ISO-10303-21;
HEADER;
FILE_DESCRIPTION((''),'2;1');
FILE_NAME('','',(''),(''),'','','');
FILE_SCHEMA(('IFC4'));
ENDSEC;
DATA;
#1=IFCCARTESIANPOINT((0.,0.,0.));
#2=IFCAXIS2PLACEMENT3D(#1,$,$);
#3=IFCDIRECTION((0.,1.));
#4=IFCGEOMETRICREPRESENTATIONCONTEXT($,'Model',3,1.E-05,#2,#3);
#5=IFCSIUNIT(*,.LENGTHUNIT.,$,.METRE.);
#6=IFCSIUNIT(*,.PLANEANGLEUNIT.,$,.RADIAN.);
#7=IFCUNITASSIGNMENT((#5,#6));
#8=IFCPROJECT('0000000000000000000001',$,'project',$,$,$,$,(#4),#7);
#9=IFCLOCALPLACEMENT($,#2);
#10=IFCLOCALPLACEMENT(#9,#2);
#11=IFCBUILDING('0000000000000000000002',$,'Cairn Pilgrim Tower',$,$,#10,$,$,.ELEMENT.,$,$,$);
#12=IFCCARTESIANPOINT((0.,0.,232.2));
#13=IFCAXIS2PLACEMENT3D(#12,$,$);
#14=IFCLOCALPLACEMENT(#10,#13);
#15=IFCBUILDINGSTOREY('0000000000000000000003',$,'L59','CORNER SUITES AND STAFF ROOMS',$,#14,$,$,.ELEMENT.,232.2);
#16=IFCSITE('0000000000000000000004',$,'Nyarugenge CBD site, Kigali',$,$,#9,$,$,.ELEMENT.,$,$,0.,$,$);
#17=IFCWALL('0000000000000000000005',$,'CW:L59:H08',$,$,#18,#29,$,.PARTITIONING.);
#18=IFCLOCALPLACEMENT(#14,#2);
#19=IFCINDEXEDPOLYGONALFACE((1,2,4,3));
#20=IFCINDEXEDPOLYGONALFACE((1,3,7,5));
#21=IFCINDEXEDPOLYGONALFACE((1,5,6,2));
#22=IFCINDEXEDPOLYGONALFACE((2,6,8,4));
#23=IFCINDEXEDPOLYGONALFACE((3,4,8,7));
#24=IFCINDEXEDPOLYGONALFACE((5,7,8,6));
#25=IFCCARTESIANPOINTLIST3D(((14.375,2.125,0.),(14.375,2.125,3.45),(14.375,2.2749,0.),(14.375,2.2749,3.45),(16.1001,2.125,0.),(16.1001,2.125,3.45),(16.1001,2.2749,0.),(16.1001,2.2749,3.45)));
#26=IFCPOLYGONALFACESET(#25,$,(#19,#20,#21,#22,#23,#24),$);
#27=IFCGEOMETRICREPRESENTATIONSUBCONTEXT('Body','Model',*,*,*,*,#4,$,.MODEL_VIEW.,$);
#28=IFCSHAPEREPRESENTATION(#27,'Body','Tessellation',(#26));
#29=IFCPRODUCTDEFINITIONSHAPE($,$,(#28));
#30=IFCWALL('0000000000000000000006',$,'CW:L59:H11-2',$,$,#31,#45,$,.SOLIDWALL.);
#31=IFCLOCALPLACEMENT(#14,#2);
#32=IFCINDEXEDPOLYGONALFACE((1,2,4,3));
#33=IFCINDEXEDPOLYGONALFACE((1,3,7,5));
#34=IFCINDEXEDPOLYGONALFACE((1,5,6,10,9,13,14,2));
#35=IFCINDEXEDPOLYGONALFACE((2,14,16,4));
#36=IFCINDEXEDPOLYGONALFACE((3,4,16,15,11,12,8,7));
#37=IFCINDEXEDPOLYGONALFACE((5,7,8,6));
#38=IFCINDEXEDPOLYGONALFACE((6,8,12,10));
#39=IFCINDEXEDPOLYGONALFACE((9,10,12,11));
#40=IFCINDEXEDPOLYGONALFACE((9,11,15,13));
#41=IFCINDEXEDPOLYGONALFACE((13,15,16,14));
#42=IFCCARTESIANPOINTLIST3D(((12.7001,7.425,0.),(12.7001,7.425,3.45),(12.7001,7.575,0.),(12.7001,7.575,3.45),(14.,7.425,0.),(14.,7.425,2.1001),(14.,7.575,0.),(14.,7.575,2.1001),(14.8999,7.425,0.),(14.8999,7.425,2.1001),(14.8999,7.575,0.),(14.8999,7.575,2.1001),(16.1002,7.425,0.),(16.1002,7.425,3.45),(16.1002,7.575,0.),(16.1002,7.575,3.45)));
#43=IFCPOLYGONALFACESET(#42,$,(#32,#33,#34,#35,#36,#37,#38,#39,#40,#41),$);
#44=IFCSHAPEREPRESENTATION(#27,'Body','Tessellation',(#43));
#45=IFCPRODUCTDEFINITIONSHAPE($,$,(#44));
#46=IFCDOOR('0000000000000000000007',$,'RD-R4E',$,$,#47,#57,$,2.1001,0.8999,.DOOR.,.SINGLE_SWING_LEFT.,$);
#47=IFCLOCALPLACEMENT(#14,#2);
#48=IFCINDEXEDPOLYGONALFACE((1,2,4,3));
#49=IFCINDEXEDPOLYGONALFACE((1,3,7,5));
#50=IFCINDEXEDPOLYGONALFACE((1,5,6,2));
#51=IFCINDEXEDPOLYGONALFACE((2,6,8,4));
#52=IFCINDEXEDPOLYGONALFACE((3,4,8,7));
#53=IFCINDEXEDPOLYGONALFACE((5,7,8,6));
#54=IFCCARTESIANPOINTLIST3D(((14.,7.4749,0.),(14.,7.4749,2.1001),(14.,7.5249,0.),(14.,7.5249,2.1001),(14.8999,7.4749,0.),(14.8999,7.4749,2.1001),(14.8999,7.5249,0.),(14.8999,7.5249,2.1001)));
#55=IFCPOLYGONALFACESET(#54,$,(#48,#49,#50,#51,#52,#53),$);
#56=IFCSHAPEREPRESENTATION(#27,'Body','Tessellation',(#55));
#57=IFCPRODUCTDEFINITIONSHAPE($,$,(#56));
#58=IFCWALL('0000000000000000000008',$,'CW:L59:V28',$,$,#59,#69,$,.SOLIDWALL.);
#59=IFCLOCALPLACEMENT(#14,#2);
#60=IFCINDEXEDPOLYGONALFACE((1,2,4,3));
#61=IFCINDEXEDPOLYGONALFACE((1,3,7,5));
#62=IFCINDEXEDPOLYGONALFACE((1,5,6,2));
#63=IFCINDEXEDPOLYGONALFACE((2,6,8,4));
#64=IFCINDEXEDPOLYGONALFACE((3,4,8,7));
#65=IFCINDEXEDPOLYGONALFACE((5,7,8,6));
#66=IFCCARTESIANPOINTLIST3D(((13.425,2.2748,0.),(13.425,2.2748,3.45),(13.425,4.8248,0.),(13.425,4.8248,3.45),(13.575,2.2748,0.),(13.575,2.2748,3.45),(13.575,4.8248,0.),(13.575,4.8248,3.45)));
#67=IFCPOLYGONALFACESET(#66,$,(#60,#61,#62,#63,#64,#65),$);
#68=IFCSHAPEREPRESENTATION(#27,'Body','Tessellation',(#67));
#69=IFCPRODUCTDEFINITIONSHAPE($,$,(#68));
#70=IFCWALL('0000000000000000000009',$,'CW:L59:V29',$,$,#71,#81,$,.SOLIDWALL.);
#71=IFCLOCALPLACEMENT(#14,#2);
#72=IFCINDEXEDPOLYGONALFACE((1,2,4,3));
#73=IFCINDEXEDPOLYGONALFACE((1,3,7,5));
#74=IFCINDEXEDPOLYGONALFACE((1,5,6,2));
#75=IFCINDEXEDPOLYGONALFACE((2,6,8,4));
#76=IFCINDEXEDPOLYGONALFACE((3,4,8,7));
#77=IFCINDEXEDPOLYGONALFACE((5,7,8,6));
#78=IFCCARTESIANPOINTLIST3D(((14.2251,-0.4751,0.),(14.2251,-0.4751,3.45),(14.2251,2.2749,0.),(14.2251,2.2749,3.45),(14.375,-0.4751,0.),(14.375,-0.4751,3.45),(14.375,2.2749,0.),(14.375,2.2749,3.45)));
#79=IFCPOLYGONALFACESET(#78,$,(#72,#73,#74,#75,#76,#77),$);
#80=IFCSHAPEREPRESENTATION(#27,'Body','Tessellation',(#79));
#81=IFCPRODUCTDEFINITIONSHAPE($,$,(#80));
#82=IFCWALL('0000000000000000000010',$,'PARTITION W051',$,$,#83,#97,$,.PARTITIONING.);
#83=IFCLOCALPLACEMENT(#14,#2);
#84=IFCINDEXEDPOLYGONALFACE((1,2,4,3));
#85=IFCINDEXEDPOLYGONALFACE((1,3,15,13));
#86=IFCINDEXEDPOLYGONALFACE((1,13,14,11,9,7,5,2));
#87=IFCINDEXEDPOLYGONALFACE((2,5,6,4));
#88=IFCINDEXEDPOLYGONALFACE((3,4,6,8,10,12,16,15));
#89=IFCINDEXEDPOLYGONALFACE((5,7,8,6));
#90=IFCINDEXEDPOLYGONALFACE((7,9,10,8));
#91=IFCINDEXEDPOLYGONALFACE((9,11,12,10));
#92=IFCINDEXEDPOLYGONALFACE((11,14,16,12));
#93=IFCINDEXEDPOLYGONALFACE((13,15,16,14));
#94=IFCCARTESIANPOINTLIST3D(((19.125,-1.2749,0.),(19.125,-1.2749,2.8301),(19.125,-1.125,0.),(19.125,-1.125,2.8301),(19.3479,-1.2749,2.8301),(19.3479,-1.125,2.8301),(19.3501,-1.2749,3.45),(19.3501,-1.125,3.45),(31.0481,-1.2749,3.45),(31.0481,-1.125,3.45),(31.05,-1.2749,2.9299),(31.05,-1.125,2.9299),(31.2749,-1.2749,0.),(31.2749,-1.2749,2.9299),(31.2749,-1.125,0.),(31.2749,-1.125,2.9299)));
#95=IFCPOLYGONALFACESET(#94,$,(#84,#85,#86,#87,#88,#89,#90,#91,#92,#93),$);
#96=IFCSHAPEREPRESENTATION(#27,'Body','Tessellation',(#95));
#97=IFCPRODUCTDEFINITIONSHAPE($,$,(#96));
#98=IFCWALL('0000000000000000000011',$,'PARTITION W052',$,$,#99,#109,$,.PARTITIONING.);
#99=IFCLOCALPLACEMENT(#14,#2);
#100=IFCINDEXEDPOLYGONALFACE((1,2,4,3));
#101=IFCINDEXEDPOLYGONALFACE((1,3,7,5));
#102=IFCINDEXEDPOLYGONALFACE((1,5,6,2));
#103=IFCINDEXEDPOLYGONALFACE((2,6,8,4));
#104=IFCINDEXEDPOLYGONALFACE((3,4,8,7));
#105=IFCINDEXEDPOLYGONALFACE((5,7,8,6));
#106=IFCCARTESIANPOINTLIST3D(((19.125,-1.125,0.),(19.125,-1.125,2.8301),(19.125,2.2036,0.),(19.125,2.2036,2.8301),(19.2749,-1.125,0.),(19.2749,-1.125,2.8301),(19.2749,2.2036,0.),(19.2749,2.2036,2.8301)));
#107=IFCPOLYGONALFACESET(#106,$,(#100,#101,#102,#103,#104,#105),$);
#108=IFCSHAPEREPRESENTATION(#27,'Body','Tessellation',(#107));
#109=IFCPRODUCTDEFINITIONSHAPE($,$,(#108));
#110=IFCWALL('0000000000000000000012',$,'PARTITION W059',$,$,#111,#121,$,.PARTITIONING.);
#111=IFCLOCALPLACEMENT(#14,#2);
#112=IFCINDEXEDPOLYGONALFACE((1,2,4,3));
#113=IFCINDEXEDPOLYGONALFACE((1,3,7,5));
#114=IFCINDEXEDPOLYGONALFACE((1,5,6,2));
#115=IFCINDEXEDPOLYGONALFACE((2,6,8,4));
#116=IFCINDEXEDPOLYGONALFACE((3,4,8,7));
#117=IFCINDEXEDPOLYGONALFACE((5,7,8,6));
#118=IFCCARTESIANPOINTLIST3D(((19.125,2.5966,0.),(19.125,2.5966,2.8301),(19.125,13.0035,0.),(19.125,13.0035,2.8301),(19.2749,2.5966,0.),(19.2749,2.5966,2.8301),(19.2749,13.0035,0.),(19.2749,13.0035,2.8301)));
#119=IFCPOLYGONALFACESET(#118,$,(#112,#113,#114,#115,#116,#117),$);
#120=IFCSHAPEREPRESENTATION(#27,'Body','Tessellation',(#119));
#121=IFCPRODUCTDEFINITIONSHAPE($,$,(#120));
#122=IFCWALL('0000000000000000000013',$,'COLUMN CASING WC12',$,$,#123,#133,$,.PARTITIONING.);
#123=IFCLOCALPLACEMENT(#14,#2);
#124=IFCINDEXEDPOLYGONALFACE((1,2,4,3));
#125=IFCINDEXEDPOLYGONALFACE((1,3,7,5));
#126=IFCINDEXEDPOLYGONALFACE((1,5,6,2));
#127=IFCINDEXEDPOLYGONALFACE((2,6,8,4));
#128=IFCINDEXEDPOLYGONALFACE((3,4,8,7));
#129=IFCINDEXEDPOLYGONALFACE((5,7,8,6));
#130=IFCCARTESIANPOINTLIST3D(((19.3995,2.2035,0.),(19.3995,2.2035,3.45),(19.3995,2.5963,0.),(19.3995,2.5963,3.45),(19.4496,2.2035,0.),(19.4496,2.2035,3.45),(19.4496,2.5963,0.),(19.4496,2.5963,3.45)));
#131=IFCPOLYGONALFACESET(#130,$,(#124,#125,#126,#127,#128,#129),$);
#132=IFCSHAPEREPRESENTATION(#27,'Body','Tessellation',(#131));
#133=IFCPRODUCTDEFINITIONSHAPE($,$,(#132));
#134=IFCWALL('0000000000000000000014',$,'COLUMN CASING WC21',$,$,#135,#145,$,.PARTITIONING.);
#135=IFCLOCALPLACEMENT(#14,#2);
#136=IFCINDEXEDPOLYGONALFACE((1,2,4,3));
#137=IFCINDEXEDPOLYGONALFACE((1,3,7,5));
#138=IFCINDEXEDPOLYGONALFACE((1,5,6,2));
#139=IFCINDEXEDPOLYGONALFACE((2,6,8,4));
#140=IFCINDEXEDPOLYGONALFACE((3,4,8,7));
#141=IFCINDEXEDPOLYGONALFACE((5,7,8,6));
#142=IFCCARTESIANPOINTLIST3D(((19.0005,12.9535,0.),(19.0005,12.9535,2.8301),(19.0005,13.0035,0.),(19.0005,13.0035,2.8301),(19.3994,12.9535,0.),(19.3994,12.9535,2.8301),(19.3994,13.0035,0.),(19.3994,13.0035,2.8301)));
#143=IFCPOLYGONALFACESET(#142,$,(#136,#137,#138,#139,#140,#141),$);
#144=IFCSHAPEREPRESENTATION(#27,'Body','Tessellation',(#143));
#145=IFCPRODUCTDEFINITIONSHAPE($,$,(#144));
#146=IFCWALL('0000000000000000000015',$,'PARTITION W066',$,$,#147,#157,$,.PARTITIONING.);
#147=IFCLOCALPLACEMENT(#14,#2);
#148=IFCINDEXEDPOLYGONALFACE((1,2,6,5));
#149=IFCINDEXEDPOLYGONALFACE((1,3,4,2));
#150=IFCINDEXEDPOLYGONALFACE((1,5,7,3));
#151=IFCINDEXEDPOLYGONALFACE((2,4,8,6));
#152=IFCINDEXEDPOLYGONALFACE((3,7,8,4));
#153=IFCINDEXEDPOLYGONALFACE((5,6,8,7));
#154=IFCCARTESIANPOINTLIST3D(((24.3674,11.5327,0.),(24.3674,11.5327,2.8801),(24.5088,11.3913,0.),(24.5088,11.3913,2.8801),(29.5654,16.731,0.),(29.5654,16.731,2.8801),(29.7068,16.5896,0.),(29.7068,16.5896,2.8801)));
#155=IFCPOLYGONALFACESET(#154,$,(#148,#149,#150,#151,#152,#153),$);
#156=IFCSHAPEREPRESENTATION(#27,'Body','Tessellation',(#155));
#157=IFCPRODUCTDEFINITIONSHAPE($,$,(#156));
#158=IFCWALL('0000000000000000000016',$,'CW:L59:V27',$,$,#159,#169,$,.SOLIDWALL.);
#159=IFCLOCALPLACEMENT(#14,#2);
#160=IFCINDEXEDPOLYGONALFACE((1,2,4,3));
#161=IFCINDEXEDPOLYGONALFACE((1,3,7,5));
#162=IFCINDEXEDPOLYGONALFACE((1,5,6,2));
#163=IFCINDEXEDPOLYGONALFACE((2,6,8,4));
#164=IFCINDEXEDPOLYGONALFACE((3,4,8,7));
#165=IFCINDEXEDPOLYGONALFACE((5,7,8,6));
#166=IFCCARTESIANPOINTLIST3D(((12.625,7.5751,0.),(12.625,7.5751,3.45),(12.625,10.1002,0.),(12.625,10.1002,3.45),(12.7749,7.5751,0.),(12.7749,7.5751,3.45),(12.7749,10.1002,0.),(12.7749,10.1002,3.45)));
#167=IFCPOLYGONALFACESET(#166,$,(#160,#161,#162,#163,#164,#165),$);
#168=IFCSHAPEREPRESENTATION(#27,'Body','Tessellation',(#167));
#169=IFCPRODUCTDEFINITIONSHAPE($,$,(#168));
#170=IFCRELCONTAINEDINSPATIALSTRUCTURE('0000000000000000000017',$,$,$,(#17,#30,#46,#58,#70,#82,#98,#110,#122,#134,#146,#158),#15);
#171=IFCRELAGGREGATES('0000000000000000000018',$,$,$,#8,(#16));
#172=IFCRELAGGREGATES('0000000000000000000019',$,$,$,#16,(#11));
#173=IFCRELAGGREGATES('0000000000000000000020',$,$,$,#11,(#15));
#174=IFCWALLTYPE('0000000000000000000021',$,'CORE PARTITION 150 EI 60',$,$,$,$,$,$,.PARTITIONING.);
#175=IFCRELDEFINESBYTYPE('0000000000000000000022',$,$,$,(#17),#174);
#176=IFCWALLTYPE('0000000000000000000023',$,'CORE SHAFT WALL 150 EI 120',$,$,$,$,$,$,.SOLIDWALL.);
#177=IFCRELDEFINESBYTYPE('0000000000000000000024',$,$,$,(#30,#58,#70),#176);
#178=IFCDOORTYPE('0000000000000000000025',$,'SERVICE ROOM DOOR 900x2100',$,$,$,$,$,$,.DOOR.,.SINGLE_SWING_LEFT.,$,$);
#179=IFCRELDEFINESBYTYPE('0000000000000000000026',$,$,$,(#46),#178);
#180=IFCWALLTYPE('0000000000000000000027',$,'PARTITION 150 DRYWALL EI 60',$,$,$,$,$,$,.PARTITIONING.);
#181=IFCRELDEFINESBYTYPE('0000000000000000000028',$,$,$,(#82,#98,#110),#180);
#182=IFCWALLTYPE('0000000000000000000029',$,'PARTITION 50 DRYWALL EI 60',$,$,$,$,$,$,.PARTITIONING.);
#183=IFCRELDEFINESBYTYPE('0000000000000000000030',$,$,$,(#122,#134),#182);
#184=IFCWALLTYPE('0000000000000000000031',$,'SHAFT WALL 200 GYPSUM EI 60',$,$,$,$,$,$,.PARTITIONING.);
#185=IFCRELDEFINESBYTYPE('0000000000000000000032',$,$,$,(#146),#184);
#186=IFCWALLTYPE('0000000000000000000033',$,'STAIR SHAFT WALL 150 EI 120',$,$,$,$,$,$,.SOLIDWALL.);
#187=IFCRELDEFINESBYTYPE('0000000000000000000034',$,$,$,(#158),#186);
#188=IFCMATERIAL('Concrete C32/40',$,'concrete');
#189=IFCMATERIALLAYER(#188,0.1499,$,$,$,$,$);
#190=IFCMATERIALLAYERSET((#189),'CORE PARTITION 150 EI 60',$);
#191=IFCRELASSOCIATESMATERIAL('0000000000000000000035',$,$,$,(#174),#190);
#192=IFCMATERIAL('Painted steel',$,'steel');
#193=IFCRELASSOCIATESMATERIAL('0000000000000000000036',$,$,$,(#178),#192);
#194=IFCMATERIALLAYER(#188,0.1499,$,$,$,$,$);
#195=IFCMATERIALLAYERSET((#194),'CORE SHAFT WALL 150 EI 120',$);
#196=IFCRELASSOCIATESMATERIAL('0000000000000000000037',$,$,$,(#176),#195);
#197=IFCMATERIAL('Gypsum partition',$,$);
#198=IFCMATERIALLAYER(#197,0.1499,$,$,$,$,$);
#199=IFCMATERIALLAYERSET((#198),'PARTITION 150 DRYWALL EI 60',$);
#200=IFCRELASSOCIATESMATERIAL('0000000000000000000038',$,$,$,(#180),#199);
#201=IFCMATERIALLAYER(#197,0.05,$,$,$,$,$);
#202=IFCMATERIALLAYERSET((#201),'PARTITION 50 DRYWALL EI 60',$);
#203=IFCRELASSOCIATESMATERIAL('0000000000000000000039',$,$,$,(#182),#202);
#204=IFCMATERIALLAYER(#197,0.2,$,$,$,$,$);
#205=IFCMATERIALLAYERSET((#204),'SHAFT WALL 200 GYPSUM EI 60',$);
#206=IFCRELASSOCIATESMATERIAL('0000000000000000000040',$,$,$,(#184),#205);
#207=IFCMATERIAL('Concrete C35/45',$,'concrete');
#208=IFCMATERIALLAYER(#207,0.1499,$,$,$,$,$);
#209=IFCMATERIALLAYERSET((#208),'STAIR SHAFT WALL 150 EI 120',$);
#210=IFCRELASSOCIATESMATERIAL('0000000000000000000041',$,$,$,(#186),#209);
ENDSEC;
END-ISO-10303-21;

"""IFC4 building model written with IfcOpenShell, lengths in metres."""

from ifc_helpers import new_model, si_unit, direction, frame, frame_2d, origin, place, context, subcontext, project, spatial, polyline, rectangle, outline, extrude, material, layer, layer_set, type_object, element, fill, save


model = new_model("IFC4")

# Units and contexts
model_context = context("Model", 3, precision=1e-05, world=origin(), true_north=direction((0.0, 1.0)))
body_context = subcontext(model_context, "Body", "Model", "MODEL_VIEW")
ifc_project = project(units=[si_unit("LENGTHUNIT", "METRE"), si_unit("PLANEANGLEUNIT", "RADIAN")], contexts=[model_context])

# Site, building, storey
site_placement = place(None, origin())
site = spatial("IfcSite", under=ifc_project, at=site_placement, Name="Nyarugenge CBD site, Kigali", CompositionType="ELEMENT", RefElevation=0.0)
building_placement = place(site_placement, origin())
building = spatial("IfcBuilding", under=site, at=building_placement, Name="Cairn Pilgrim Tower", CompositionType="ELEMENT")
storey_placement = place(building_placement, frame((0.0, 0.0, 232.2)))
storey = spatial("IfcBuildingStorey", under=building, at=storey_placement, Name="L59", Description="CORNER SUITES AND STAFF ROOMS", CompositionType="ELEMENT", Elevation=232.2)

# Shared definitions
ifc_material_1 = material(Name="Concrete C32/40", Category="concrete")

# Shared definitions
ifc_layer_1 = layer(ifc_material_1, 0.1499)
ifc_layer_set_1 = layer_set([ifc_layer_1], Name="CORE PARTITION 150 EI 60")
wall_type_1 = type_object("IfcWallType", Name="CORE PARTITION 150 EI 60", PredefinedType="PARTITIONING", material=ifc_layer_set_1)
ifc_material_2 = material(Name="Painted steel", Category="steel")
door_type = type_object("IfcDoorType", Name="SERVICE ROOM DOOR 900x2100", OperationType="SINGLE_SWING_LEFT", PredefinedType="DOOR", material=ifc_material_2)

# Wall
wall_1_placement = place(storey_placement, frame((14.375, 2.2, 0.0), z_axis=(0.0, 0.0, 1.0), x_axis=(1.0, 0.0, 0.0)))
element("IfcWall", 1, at=wall_1_placement, inside=storey, type_object=wall_type_1, Name="CW:L59:H08", PredefinedType="PARTITIONING", context=body_context, shape_type="SweptSolid", body=[
    extrude(rectangle(XDim=1.7251, YDim=0.1499, at=frame_2d((0.8625, 0.0))), origin(), (0.0, 0.0, 1.0), 3.45),
])

# Wall, opening, door
ifc_layer_2 = layer(ifc_material_1, 0.1499)
ifc_layer_set_2 = layer_set([ifc_layer_2], Name="CORE SHAFT WALL 150 EI 120")
wall_type_2 = type_object("IfcWallType", Name="CORE SHAFT WALL 150 EI 120", PredefinedType="SOLIDWALL", material=ifc_layer_set_2)
wall_2_placement = place(storey_placement, frame((12.7, 7.5, 0.0), z_axis=(0.0, 0.0, 1.0), x_axis=(1.0, 0.0, 0.0)))
wall_2 = element("IfcWall", 2, at=wall_2_placement, inside=storey, type_object=wall_type_2, Name="CW:L59:H11-2", PredefinedType="SOLIDWALL", context=body_context, shape_type="SweptSolid", body=[
    extrude(rectangle(XDim=3.4001, YDim=0.1499, at=frame_2d((1.7002, 0.0))), origin(), (0.0, 0.0, 1.0), 3.45),
])
opening_1_placement = place(wall_2_placement, frame((1.3, 0.0, 0.0)))
opening_1 = element("IfcOpeningElement", 3, at=opening_1_placement, cuts=wall_2, PredefinedType="OPENING", context=body_context, shape_type="SweptSolid", body=[
    extrude(rectangle(XDim=0.8999, YDim=2.1001, at=frame_2d((0.45, 1.05))), frame((0.0, 0.085, 0.0), z_axis=(0.0, -1.0, 0.0), x_axis=(1.0, 0.0, 0.0)), (0.0, 0.0, 1.0), 0.1699),
])
door_1_placement = place(opening_1_placement, origin())
door_1 = element("IfcDoor", 4, at=door_1_placement, inside=storey, type_object=door_type, Name="RD-R4E", OperationType="SINGLE_SWING_LEFT", OverallHeight=2.1001, OverallWidth=0.8999, PredefinedType="DOOR", context=body_context, shape_type="SweptSolid", body=[
    extrude(rectangle(XDim=0.8999, YDim=2.1001, at=frame_2d((0.45, 1.05))), frame((0.0, 0.0249, 0.0), z_axis=(0.0, -1.0, 0.0), x_axis=(1.0, 0.0, 0.0)), (0.0, 0.0, 1.0), 0.05),
])
fill(opening_1, door_1)

# Walls
wall_3_placement = place(storey_placement, frame((13.5, 2.2749, 0.0), z_axis=(0.0, 0.0, 1.0), x_axis=(0.0, 1.0, 0.0)))
element("IfcWall", 5, at=wall_3_placement, inside=storey, type_object=wall_type_2, Name="CW:L59:V28", PredefinedType="SOLIDWALL", context=body_context, shape_type="SweptSolid", body=[
    extrude(rectangle(XDim=2.55, YDim=0.1499, at=frame_2d((1.2749, 0.0))), origin(), (0.0, 0.0, 1.0), 3.45),
])
wall_4_placement = place(storey_placement, frame((14.3, -0.4751, 0.0), z_axis=(0.0, 0.0, 1.0), x_axis=(0.0, 1.0, 0.0)))
element("IfcWall", 6, at=wall_4_placement, inside=storey, type_object=wall_type_2, Name="CW:L59:V29", PredefinedType="SOLIDWALL", context=body_context, shape_type="SweptSolid", body=[
    extrude(rectangle(XDim=2.75, YDim=0.1499, at=frame_2d((1.375, 0.0))), origin(), (0.0, 0.0, 1.0), 3.45),
])
ifc_material_3 = material(Name="Gypsum partition")
ifc_layer_3 = layer(ifc_material_3, 0.1499)
ifc_layer_set_3 = layer_set([ifc_layer_3], Name="PARTITION 150 DRYWALL EI 60")
wall_type_3 = type_object("IfcWallType", Name="PARTITION 150 DRYWALL EI 60", PredefinedType="PARTITIONING", material=ifc_layer_set_3)
wall_5_placement = place(storey_placement, frame((19.125, -1.2, 0.0), z_axis=(0.0, 0.0, 1.0), x_axis=(1.0, 0.0, 0.0)))
element("IfcWall", 7, at=wall_5_placement, inside=storey, type_object=wall_type_3, Name="PARTITION W051", PredefinedType="PARTITIONING", context=body_context, shape_type="SweptSolid", body=[
    extrude(outline(polyline([(0.0, 0.0), (12.1499, 0.0), (12.1499, 2.9299), (11.925, 2.9299), (11.9231, 3.45), (0.2251, 3.45), (0.2229, 2.8301), (0.0, 2.8301), (0.0, 0.0)])), frame((0.0, 0.075, 0.0), z_axis=(0.0, -1.0, 0.0), x_axis=(1.0, 0.0, 0.0)), (0.0, 0.0, 1.0), 0.1499),
])
wall_6_placement = place(storey_placement, frame((19.2, -1.125, 0.0), z_axis=(0.0, 0.0, 1.0), x_axis=(0.0, 1.0, 0.0)))
element("IfcWall", 8, at=wall_6_placement, inside=storey, type_object=wall_type_3, Name="PARTITION W052", PredefinedType="PARTITIONING", context=body_context, shape_type="SweptSolid", body=[
    extrude(rectangle(XDim=3.3286, YDim=0.1499, at=frame_2d((1.6643, 0.0))), origin(), (0.0, 0.0, 1.0), 2.8301),
])
wall_7_placement = place(storey_placement, frame((19.2, 2.5964, 0.0), z_axis=(0.0, 0.0, 1.0), x_axis=(0.0, 1.0, 0.0)))
element("IfcWall", 9, at=wall_7_placement, inside=storey, type_object=wall_type_3, Name="PARTITION W059", PredefinedType="PARTITIONING", context=body_context, shape_type="SweptSolid", body=[
    extrude(rectangle(XDim=10.407, YDim=0.1499, at=frame_2d((5.2036, 0.0))), origin(), (0.0, 0.0, 1.0), 2.8301),
])
ifc_layer_4 = layer(ifc_material_3, 0.05)
ifc_layer_set_4 = layer_set([ifc_layer_4], Name="PARTITION 50 DRYWALL EI 60")
wall_type_4 = type_object("IfcWallType", Name="PARTITION 50 DRYWALL EI 60", PredefinedType="PARTITIONING", material=ifc_layer_set_4)
wall_8_placement = place(storey_placement, frame((19.4246, 2.2036, 0.0), z_axis=(0.0, 0.0, 1.0), x_axis=(0.0, 1.0, 0.0)))
element("IfcWall", 10, at=wall_8_placement, inside=storey, type_object=wall_type_4, Name="COLUMN CASING WC12", PredefinedType="PARTITIONING", context=body_context, shape_type="SweptSolid", body=[
    extrude(rectangle(XDim=0.3928, YDim=0.05, at=frame_2d((0.1963, 0.0))), origin(), (0.0, 0.0, 1.0), 3.45),
])
wall_9_placement = place(storey_placement, frame((19.0005, 12.9785, 0.0), z_axis=(0.0, 0.0, 1.0), x_axis=(1.0, 0.0, 0.0)))
element("IfcWall", 11, at=wall_9_placement, inside=storey, type_object=wall_type_4, Name="COLUMN CASING WC21", PredefinedType="PARTITIONING", context=body_context, shape_type="SweptSolid", body=[
    extrude(rectangle(XDim=0.3989, YDim=0.05, at=frame_2d((0.1995, 0.0))), origin(), (0.0, 0.0, 1.0), 2.8301),
])
ifc_layer_5 = layer(ifc_material_3, 0.2)
ifc_layer_set_5 = layer_set([ifc_layer_5], Name="SHAFT WALL 200 GYPSUM EI 60")
wall_type_5 = type_object("IfcWallType", Name="SHAFT WALL 200 GYPSUM EI 60", PredefinedType="PARTITIONING", material=ifc_layer_set_5)
wall_10_placement = place(storey_placement, frame((24.438, 11.4619, 0.0), z_axis=(0.0, 0.0, 1.0), x_axis=(0.70709, 0.707123, 0.0)))
element("IfcWall", 12, at=wall_10_placement, inside=storey, type_object=wall_type_5, Name="PARTITION W066", PredefinedType="PARTITIONING", context=body_context, shape_type="SweptSolid", body=[
    extrude(rectangle(XDim=7.3513, YDim=0.2, at=frame_2d((3.6758, 0.0))), origin(), (0.0, 0.0, 1.0), 2.8801),
])
ifc_material_4 = material(Name="Concrete C35/45", Category="concrete")
ifc_layer_6 = layer(ifc_material_4, 0.1499)
ifc_layer_set_6 = layer_set([ifc_layer_6], Name="STAIR SHAFT WALL 150 EI 120")
wall_type_6 = type_object("IfcWallType", Name="STAIR SHAFT WALL 150 EI 120", PredefinedType="SOLIDWALL", material=ifc_layer_set_6)
wall_11_placement = place(storey_placement, frame((12.7, 7.575, 0.0), z_axis=(0.0, 0.0, 1.0), x_axis=(0.0, 1.0, 0.0)))
element("IfcWall", 13, at=wall_11_placement, inside=storey, type_object=wall_type_6, Name="CW:L59:V27", PredefinedType="SOLIDWALL", context=body_context, shape_type="SweptSolid", body=[
    extrude(rectangle(XDim=2.5251, YDim=0.1499, at=frame_2d((1.2627, 0.0))), origin(), (0.0, 0.0, 1.0), 3.45),
])

save(model, "model.ifc")
